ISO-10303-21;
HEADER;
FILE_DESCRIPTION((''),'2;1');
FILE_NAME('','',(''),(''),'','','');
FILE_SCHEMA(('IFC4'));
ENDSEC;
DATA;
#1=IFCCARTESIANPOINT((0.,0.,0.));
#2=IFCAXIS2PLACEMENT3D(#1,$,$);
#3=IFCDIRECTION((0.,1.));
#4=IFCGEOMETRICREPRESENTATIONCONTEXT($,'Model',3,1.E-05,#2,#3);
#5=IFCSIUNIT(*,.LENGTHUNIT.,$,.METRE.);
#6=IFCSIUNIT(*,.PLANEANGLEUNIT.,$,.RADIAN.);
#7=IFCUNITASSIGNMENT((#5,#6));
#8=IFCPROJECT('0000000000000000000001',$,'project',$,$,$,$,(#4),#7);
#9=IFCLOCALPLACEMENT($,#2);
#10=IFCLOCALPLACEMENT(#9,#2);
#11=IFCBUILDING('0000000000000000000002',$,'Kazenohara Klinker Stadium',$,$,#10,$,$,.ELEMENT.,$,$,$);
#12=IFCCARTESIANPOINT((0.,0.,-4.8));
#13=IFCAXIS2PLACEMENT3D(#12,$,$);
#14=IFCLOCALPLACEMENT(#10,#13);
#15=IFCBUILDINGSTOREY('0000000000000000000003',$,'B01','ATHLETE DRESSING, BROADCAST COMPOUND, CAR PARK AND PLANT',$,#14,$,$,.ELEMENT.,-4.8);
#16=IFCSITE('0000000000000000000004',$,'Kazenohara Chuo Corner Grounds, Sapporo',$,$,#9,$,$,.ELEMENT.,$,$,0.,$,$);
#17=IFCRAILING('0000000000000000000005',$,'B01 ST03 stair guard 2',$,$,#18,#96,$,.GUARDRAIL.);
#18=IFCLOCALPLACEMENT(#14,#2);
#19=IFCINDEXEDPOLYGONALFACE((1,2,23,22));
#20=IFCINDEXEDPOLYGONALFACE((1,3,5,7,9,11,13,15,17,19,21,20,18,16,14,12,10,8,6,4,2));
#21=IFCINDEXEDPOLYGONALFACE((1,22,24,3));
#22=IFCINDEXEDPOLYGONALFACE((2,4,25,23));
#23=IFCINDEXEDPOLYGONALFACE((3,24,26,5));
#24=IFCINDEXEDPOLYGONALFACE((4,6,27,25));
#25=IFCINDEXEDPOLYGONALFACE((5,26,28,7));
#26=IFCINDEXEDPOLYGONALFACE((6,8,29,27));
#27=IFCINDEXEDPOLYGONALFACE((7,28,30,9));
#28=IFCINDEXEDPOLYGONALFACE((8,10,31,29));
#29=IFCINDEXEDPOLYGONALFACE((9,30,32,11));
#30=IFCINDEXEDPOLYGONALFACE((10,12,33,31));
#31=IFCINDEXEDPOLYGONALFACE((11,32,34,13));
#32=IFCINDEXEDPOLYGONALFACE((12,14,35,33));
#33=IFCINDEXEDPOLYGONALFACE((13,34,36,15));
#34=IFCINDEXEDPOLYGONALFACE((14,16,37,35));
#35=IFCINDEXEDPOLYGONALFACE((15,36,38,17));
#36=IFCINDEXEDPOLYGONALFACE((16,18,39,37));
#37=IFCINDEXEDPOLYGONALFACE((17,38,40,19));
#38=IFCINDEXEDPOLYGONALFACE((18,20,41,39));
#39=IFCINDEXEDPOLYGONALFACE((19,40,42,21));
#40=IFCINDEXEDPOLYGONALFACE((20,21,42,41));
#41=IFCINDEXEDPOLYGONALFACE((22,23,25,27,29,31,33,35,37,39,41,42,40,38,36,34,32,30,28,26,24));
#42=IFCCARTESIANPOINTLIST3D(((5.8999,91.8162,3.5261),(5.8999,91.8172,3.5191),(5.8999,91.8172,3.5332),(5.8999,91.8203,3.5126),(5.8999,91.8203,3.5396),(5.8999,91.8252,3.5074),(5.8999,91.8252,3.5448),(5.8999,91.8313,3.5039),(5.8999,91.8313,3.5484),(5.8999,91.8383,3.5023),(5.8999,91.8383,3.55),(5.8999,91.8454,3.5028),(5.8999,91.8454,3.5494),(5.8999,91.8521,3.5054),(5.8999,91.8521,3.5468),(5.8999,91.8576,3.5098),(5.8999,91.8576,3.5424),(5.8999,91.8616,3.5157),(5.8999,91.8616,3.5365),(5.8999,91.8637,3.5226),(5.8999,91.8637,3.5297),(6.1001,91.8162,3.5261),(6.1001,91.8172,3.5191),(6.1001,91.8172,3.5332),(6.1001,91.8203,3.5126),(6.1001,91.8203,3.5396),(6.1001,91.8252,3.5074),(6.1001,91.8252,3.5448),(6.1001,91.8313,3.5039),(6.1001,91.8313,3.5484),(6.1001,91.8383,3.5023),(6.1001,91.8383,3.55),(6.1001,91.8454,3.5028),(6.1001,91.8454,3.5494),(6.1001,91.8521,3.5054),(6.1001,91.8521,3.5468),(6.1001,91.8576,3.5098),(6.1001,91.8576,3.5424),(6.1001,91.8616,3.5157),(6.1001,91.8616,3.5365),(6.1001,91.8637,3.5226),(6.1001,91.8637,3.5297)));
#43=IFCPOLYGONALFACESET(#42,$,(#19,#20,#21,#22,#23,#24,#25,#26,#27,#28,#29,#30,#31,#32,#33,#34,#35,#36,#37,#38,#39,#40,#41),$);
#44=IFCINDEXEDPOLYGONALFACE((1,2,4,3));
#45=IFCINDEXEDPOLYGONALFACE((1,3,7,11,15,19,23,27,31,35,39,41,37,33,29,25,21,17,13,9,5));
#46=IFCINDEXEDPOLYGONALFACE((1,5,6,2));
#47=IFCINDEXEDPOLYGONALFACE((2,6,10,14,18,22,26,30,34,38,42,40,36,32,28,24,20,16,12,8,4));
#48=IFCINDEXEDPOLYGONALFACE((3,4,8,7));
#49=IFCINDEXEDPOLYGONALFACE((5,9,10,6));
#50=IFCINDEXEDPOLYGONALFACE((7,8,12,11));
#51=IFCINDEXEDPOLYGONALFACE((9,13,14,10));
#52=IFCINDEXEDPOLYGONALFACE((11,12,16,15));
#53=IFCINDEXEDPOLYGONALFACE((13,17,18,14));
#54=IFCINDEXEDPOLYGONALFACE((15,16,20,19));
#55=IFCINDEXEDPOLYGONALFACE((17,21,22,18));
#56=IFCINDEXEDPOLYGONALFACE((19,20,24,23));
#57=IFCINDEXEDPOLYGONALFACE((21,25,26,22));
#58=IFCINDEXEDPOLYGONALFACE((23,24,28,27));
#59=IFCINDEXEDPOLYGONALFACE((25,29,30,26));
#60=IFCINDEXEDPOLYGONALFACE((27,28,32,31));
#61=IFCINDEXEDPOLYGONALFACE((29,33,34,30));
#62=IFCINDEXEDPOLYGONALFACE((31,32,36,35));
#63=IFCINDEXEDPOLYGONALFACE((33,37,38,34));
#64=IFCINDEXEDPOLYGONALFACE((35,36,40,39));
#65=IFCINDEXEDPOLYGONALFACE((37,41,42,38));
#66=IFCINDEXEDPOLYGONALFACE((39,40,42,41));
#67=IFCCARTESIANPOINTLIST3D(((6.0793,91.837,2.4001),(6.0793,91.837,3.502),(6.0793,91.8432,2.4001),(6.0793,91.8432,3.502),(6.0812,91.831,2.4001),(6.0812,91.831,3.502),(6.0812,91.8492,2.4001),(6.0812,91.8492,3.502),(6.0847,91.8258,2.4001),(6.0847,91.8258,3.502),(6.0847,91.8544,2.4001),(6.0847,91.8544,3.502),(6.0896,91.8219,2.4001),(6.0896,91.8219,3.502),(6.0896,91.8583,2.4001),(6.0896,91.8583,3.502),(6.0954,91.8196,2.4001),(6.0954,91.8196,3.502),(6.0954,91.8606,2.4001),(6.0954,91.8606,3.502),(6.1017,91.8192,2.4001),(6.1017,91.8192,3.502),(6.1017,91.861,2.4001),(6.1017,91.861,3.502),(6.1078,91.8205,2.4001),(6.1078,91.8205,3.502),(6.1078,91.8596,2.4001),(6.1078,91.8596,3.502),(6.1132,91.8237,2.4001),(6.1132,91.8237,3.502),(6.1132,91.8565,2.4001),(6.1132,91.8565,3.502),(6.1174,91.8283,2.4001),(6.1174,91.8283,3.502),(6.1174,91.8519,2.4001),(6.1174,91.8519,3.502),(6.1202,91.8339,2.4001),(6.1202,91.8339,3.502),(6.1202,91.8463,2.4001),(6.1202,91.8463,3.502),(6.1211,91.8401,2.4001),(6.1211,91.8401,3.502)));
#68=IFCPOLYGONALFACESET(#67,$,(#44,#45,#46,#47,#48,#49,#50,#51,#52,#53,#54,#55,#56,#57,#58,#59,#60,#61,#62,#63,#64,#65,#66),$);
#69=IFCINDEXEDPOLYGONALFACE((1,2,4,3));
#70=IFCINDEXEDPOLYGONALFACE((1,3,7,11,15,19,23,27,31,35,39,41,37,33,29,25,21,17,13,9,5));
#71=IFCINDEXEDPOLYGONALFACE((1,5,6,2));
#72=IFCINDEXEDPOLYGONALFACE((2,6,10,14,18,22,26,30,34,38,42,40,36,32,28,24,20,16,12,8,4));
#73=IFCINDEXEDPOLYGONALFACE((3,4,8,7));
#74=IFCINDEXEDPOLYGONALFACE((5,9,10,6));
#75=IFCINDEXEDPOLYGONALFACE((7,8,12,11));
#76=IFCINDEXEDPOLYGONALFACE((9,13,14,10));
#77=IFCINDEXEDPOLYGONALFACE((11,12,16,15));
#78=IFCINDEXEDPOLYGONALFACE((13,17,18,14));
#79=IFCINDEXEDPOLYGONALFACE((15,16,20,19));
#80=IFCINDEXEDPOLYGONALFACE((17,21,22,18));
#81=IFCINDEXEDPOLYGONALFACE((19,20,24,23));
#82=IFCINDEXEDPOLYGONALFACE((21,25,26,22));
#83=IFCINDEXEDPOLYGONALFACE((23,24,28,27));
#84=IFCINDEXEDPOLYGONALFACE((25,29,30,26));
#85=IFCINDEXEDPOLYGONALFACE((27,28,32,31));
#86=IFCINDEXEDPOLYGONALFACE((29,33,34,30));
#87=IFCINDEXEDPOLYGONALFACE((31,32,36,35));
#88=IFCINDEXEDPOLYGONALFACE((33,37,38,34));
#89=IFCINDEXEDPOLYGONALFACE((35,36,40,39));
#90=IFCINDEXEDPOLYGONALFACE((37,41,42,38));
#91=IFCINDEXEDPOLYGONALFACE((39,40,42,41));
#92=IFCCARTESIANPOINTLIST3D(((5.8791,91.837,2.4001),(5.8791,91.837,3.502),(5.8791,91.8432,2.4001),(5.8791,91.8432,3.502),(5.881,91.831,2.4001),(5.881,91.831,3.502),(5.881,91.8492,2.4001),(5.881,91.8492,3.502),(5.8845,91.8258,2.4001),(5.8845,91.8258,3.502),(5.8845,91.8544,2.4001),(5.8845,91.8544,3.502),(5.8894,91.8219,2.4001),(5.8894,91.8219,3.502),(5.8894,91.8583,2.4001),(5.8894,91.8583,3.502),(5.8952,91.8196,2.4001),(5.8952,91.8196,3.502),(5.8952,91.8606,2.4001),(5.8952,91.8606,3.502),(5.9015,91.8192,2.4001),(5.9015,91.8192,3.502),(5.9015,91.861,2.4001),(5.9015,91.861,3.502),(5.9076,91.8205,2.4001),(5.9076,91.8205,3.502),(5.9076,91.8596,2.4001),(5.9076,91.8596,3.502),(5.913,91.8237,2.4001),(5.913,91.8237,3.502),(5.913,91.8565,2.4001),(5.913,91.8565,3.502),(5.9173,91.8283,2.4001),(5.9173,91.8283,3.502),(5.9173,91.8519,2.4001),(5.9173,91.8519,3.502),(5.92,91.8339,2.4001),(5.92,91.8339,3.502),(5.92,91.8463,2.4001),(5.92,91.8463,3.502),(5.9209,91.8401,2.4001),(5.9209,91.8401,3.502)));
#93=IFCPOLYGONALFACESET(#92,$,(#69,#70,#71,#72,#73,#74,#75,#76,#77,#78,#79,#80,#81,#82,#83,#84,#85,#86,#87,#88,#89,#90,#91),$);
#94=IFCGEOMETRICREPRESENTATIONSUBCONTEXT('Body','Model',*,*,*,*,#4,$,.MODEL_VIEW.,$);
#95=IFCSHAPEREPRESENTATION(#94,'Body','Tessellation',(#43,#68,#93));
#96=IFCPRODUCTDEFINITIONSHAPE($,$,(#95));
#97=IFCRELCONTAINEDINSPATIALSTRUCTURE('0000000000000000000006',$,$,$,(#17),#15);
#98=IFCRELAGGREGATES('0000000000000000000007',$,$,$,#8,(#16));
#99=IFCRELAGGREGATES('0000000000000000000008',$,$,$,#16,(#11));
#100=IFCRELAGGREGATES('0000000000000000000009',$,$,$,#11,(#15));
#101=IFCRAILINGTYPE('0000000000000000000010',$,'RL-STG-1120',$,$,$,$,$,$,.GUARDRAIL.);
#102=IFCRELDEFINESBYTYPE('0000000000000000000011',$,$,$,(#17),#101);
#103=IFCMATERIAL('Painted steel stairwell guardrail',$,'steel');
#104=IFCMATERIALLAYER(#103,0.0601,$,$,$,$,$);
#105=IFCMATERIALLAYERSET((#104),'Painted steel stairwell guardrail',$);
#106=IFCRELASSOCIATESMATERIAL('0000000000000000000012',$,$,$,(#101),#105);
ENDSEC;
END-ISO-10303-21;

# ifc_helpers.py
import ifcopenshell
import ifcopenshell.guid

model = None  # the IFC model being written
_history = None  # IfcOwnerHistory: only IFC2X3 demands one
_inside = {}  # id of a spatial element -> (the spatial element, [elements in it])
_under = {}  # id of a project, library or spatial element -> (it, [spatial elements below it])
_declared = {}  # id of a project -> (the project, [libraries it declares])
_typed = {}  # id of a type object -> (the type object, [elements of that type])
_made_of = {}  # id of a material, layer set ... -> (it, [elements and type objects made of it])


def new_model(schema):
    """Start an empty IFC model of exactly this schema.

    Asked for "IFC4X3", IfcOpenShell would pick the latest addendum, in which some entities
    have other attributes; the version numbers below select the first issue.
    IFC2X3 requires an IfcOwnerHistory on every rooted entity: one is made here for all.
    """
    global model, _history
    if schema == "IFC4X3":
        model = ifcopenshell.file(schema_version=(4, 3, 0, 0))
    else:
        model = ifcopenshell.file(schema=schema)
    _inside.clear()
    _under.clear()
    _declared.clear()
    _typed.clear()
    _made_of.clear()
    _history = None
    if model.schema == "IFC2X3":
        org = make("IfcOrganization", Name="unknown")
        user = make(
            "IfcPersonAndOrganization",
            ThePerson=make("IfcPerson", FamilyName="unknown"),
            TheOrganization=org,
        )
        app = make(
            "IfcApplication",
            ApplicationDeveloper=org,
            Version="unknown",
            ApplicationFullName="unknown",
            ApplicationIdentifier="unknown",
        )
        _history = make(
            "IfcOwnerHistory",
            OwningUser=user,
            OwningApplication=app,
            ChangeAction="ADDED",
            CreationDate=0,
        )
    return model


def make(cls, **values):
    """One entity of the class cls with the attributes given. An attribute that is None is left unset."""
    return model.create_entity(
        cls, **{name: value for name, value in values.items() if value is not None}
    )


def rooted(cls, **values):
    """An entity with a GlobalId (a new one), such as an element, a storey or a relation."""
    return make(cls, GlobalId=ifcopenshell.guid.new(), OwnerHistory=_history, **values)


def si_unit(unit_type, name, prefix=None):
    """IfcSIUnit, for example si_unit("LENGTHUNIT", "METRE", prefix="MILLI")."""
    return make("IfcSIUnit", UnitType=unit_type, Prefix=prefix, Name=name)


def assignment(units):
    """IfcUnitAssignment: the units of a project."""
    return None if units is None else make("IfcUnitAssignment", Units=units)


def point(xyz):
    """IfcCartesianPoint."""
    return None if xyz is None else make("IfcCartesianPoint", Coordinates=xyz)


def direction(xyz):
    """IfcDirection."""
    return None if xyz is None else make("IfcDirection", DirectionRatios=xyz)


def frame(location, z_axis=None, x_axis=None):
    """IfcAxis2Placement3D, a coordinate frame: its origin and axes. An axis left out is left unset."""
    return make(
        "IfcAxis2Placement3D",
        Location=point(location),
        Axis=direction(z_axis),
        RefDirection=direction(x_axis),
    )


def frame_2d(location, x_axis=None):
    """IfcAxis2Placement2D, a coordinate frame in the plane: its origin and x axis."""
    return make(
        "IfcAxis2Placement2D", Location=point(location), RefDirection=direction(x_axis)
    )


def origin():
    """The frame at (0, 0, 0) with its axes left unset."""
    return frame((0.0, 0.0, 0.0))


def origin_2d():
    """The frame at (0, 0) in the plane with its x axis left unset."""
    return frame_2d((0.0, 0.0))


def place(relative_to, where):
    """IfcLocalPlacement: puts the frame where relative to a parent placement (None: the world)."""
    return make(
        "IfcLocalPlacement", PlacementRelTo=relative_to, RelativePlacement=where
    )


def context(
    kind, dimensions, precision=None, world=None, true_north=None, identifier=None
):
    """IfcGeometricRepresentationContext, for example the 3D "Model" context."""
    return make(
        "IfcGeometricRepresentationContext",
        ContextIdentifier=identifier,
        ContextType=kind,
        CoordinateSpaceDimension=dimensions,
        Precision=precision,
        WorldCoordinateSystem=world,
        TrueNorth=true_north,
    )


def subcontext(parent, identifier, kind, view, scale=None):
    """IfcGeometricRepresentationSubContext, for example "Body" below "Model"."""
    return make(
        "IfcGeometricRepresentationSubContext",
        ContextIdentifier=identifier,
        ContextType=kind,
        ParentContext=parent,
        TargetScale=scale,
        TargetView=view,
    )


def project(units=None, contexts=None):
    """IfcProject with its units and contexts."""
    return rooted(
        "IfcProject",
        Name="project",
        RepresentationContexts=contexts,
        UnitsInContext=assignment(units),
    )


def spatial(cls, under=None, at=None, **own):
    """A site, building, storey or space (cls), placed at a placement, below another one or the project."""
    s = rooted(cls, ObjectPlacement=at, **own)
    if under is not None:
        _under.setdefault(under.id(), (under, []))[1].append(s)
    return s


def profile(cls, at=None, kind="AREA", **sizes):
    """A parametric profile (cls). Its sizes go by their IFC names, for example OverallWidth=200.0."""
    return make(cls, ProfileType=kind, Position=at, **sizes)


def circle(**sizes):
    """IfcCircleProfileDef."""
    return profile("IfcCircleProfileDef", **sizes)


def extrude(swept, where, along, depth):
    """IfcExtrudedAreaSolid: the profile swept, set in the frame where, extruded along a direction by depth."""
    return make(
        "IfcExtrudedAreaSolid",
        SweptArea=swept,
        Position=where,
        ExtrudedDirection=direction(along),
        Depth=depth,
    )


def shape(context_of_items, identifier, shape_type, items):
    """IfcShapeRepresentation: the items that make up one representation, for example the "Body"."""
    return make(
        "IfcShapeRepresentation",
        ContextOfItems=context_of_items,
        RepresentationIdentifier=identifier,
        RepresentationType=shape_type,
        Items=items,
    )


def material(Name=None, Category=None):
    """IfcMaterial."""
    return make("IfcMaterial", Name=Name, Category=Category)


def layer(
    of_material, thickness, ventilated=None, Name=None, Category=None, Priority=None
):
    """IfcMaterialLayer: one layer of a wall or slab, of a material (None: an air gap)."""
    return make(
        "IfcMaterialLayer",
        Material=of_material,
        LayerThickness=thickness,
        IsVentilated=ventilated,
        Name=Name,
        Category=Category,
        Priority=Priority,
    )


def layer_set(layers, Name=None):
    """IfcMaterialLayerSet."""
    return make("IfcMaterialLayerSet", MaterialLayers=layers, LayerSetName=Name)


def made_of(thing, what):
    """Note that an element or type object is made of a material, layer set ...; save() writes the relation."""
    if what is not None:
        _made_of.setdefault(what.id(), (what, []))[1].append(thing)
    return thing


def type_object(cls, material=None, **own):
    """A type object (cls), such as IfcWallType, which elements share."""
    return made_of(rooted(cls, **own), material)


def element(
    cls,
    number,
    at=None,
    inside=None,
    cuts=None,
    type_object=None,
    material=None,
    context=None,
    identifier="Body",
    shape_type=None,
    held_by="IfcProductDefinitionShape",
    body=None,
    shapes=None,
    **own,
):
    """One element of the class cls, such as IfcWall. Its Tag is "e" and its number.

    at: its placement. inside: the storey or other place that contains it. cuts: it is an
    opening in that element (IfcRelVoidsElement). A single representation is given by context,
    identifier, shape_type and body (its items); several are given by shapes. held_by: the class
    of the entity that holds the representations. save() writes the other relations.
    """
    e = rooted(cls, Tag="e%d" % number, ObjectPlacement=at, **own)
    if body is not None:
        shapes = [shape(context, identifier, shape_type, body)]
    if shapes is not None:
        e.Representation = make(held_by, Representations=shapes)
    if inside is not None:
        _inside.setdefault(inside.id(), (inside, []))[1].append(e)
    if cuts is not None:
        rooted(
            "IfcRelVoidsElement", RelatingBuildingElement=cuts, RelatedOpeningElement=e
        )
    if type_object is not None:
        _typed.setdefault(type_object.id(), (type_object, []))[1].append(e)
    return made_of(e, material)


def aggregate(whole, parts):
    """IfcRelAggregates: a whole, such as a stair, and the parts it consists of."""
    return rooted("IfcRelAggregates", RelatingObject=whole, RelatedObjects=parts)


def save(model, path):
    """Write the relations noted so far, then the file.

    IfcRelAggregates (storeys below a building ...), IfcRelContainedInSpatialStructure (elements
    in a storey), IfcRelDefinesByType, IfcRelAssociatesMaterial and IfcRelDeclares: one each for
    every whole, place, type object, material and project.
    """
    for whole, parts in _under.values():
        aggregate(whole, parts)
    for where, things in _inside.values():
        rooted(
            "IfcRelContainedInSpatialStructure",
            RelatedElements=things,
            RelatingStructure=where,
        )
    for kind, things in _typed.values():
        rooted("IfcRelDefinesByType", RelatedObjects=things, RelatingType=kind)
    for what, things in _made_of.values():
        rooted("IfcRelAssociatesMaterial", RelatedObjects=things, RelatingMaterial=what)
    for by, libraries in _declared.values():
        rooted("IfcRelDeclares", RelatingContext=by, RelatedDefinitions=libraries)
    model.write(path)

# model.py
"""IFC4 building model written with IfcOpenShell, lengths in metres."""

from ifc_helpers import new_model, si_unit, direction, frame, origin, origin_2d, place, context, subcontext, project, spatial, circle, extrude, material, layer, layer_set, type_object, element, save


model = new_model("IFC4")

# Units and contexts
model_context = context("Model", 3, precision=1e-05, world=origin(), true_north=direction((0.0, 1.0)))
body_context = subcontext(model_context, "Body", "Model", "MODEL_VIEW")
ifc_project = project(units=[si_unit("LENGTHUNIT", "METRE"), si_unit("PLANEANGLEUNIT", "RADIAN")], contexts=[model_context])

# Site, building, storey
site_placement = place(None, origin())
site = spatial("IfcSite", under=ifc_project, at=site_placement, Name="Kazenohara Chuo Corner Grounds, Sapporo", CompositionType="ELEMENT", RefElevation=0.0)
building_placement = place(site_placement, origin())
building = spatial("IfcBuilding", under=site, at=building_placement, Name="Kazenohara Klinker Stadium", CompositionType="ELEMENT")
storey_placement = place(building_placement, frame((0.0, 0.0, -4.8)))
storey = spatial("IfcBuildingStorey", under=building, at=storey_placement, Name="B01", Description="ATHLETE DRESSING, BROADCAST COMPOUND, CAR PARK AND PLANT", CompositionType="ELEMENT", Elevation=-4.8)

# Railing
ifc_material_1 = material(Name="Painted steel stairwell guardrail", Category="steel")
ifc_layer_1 = layer(ifc_material_1, 0.0601)
ifc_layer_set_1 = layer_set([ifc_layer_1], Name="Painted steel stairwell guardrail")
railing_type_1 = type_object("IfcRailingType", Name="RL-STG-1120", PredefinedType="GUARDRAIL", material=ifc_layer_set_1)
railing_1_placement = place(storey_placement, frame((6.1001, 91.8401, 2.4001)))
element("IfcRailing", 1, at=railing_1_placement, inside=storey, type_object=railing_type_1, Name="B01 ST03 stair guard 2", PredefinedType="GUARDRAIL", context=body_context, shape_type="SweptSolid", body=[
    extrude(circle(Radius=0.0239, at=origin_2d()), frame((0.0, 0.0, 1.126), z_axis=(-1.0, 0.0, 0.0), x_axis=(0.0, -1.0, 0.0)), (0.0, 0.0, 1.0), 0.2002),
    extrude(circle(Radius=0.021, at=origin_2d()), origin(), (0.0, 0.0, 1.0), 1.1018),
    extrude(circle(Radius=0.021, at=origin_2d()), frame((-0.2002, 0.0, 0.0)), (0.0, 0.0, 1.0), 1.1018),
])

save(model, "model.ifc")
